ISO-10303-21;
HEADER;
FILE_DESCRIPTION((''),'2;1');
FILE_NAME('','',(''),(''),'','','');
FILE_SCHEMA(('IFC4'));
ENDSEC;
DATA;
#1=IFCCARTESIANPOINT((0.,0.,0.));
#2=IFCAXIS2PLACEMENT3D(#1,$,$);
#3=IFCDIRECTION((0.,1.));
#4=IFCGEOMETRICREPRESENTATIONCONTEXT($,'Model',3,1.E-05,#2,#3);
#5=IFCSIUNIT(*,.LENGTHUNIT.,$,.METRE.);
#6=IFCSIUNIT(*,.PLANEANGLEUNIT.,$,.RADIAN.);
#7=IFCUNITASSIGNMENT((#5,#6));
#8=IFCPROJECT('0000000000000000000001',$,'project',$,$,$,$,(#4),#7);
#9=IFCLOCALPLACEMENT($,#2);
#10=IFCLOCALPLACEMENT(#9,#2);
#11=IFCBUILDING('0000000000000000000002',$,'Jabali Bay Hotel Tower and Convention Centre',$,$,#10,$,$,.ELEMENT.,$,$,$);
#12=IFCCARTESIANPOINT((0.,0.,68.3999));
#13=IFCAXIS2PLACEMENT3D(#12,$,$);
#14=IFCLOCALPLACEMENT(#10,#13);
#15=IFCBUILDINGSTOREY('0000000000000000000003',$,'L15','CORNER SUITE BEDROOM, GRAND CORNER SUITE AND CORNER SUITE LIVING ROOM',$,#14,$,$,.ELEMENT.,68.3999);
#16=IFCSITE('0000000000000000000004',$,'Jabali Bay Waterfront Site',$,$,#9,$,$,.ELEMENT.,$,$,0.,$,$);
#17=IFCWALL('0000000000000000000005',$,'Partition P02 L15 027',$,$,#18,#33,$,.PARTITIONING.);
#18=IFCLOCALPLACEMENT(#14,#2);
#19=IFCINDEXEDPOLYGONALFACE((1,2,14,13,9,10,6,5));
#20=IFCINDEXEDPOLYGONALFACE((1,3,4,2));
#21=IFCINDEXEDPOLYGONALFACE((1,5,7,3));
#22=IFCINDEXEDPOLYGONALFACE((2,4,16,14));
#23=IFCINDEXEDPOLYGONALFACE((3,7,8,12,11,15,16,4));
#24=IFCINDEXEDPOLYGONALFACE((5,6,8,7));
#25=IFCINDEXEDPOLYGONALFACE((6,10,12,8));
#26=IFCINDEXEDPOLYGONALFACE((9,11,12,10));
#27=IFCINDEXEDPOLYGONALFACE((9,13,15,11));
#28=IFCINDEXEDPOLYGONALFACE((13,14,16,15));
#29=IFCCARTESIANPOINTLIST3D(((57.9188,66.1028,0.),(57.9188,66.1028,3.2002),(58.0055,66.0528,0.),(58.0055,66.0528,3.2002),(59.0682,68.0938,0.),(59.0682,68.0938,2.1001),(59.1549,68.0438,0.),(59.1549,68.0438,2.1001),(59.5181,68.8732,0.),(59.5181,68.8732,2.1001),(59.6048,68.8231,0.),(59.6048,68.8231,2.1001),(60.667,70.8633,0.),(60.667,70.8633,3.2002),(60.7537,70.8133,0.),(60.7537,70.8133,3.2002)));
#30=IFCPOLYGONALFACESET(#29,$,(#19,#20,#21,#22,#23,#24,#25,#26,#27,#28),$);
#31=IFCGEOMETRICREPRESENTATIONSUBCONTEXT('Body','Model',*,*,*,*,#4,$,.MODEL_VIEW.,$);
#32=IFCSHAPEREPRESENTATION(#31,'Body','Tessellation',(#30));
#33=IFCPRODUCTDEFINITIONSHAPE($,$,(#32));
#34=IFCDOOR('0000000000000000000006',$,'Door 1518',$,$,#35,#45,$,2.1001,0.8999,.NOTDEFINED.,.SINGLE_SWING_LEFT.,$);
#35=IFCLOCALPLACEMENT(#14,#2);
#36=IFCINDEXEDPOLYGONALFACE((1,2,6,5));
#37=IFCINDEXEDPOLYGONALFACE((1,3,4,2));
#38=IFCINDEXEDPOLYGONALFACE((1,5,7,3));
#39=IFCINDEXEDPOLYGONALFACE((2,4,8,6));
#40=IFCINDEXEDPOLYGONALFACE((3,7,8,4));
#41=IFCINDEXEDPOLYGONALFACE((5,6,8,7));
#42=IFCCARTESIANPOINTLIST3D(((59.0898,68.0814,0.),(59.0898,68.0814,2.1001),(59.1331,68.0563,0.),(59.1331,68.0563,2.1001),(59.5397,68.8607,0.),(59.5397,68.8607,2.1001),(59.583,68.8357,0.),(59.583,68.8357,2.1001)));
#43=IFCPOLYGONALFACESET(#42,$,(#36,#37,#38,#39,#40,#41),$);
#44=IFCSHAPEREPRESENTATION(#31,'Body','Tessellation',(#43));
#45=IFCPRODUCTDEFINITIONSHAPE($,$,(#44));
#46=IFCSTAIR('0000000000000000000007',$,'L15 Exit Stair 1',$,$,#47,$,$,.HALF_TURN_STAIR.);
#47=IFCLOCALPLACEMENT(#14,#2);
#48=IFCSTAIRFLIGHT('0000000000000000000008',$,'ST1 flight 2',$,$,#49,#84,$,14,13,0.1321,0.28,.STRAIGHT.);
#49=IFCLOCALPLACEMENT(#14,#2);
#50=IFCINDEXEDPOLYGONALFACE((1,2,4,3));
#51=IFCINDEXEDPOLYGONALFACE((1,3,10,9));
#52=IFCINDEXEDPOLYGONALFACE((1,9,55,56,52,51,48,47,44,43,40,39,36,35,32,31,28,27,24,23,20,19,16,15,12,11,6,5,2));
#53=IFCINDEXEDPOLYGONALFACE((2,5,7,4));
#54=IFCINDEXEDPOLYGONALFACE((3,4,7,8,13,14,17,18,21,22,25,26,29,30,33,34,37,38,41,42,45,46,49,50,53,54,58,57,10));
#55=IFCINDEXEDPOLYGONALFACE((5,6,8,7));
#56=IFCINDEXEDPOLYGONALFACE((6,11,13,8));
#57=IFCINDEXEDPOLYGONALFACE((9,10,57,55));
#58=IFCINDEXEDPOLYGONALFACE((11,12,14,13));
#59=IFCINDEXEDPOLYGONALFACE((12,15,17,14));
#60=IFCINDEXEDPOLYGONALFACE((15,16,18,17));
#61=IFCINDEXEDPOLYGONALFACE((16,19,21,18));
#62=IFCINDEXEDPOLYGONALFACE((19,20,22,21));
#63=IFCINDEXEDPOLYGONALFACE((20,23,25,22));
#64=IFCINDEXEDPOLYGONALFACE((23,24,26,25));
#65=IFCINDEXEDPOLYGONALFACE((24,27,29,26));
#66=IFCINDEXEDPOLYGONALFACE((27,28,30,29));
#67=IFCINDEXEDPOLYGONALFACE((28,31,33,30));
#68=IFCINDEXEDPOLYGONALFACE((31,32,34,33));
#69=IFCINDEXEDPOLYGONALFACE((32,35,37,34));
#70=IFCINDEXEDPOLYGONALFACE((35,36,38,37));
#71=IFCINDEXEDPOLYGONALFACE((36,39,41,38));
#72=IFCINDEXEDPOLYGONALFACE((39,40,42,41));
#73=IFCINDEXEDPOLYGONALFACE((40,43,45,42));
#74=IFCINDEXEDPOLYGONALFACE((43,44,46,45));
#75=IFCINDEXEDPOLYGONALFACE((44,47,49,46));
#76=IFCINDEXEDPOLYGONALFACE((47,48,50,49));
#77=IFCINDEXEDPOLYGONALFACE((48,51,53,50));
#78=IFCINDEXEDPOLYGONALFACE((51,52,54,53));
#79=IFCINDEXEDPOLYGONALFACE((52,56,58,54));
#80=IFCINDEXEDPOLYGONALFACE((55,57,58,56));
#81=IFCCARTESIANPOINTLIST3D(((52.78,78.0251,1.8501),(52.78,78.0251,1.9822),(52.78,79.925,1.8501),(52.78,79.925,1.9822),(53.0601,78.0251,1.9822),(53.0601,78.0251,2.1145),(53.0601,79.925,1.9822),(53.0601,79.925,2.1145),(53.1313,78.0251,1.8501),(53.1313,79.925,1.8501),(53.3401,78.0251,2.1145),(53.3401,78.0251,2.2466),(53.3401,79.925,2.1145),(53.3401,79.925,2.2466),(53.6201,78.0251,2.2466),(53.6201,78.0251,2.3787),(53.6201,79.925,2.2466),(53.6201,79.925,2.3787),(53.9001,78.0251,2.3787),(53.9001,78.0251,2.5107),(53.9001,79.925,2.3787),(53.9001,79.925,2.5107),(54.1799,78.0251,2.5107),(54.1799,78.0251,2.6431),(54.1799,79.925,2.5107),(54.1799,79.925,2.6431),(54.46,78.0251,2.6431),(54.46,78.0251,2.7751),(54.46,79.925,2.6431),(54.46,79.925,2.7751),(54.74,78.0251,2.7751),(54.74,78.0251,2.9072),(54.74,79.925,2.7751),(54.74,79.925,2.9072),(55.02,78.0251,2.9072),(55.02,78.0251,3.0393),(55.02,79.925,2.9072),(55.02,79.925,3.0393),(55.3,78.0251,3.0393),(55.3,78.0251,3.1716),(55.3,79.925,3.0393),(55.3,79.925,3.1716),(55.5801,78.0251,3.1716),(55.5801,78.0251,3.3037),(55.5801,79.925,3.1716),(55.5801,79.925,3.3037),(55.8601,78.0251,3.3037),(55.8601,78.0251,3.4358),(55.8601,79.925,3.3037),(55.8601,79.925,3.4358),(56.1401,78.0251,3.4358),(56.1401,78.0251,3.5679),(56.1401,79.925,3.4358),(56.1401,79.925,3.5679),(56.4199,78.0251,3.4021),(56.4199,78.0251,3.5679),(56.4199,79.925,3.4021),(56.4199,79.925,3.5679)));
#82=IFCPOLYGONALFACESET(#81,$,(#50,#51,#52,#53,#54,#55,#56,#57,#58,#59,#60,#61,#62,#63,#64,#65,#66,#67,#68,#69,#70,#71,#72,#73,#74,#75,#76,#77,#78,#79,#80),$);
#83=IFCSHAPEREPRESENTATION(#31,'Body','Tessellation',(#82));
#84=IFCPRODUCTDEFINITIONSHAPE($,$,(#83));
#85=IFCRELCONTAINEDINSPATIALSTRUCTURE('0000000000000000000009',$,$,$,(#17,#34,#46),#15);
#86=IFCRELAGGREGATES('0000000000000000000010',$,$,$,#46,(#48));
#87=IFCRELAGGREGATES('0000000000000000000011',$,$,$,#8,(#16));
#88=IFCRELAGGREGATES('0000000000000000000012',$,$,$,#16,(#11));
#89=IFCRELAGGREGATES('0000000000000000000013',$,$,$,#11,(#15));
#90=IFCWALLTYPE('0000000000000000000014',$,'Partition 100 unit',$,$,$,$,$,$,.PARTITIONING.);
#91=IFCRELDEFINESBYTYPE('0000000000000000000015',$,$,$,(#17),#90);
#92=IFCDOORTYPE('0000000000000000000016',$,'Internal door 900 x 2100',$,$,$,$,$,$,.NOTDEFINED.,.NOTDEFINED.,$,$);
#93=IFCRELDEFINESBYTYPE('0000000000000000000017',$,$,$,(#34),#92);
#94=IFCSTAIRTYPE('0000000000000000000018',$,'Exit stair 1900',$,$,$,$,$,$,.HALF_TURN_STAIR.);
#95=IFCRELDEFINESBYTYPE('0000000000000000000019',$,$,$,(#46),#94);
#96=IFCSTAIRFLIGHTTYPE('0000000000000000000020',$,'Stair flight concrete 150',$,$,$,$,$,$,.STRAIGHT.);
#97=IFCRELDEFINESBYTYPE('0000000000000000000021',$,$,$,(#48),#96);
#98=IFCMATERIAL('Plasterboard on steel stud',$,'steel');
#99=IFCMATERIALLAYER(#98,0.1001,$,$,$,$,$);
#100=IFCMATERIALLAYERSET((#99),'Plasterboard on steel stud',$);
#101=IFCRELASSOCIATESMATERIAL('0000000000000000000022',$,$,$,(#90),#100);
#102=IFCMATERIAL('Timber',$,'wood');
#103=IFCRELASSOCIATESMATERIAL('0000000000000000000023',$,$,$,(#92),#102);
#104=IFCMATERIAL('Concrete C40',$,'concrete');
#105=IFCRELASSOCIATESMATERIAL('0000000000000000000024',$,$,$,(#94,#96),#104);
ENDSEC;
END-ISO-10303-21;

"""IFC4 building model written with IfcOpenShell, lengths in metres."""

from ifc_helpers import new_model, si_unit, direction, frame, frame_2d, origin, place, context, subcontext, project, spatial, polyline, rectangle, outline, extrude, material, layer, layer_set, type_object, element, fill, aggregate, save


model = new_model("IFC4")

# Units and contexts
model_context = context("Model", 3, precision=1e-05, world=origin(), true_north=direction((0.0, 1.0)))
body_context = subcontext(model_context, "Body", "Model", "MODEL_VIEW")
ifc_project = project(units=[si_unit("LENGTHUNIT", "METRE"), si_unit("PLANEANGLEUNIT", "RADIAN")], contexts=[model_context])

# Site, building, storey
site_placement = place(None, origin())
site = spatial("IfcSite", under=ifc_project, at=site_placement, Name="Jabali Bay Waterfront Site", CompositionType="ELEMENT", RefElevation=0.0)
building_placement = place(site_placement, origin())
building = spatial("IfcBuilding", under=site, at=building_placement, Name="Jabali Bay Hotel Tower and Convention Centre", CompositionType="ELEMENT")
storey_placement = place(building_placement, frame((0.0, 0.0, 68.3999)))
storey = spatial("IfcBuildingStorey", under=building, at=storey_placement, Name="L15", Description="CORNER SUITE BEDROOM, GRAND CORNER SUITE AND CORNER SUITE LIVING ROOM", CompositionType="ELEMENT", Elevation=68.3999)

# Shared definitions
ifc_material_1 = material(Name="Concrete C40", Category="concrete")

# Wall, opening, door
ifc_material_2 = material(Name="Plasterboard on steel stud", Category="steel")
ifc_layer_1 = layer(ifc_material_2, 0.1001)
ifc_layer_set_1 = layer_set([ifc_layer_1], Name="Plasterboard on steel stud")
wall_type_1 = type_object("IfcWallType", Name="Partition 100 unit", PredefinedType="PARTITIONING", material=ifc_layer_set_1)
wall_1_placement = place(storey_placement, frame((60.7104, 70.8384, 0.0), z_axis=(0.0, 0.0, 1.0), x_axis=(-0.499975, -0.86604, 0.0)))
wall_1 = element("IfcWall", 1, at=wall_1_placement, inside=storey, type_object=wall_type_1, Name="Partition P02 L15 027", PredefinedType="PARTITIONING", context=body_context, shape_type="SweptSolid", body=[
    extrude(rectangle(XDim=5.4968, YDim=0.1001, at=frame_2d((2.7485, 0.0))), origin(), (0.0, 0.0, 1.0), 3.2002),
])
opening_1_placement = place(wall_1_placement, frame((2.2981, 0.0, 0.0)))
opening_1 = element("IfcOpeningElement", 2, at=opening_1_placement, cuts=wall_1, PredefinedType="OPENING", context=body_context, shape_type="SweptSolid", body=[
    extrude(rectangle(XDim=0.8999, YDim=2.1001, at=frame_2d((0.45, 1.05))), frame((0.0, 0.0605, 0.0), z_axis=(0.0, -1.0, 0.0), x_axis=(1.0, 0.0, 0.0)), (0.0, 0.0, 1.0), 0.1211),
])
ifc_material_3 = material(Name="Timber", Category="wood")
door_type_1 = type_object("IfcDoorType", Name="Internal door 900 x 2100", OperationType="NOTDEFINED", PredefinedType="NOTDEFINED", material=ifc_material_3)
door_1_placement = place(opening_1_placement, origin())
door_1 = element("IfcDoor", 3, at=door_1_placement, inside=storey, type_object=door_type_1, Name="Door 1518", OperationType="SINGLE_SWING_LEFT", OverallHeight=2.1001, OverallWidth=0.8999, PredefinedType="NOTDEFINED", context=body_context, shape_type="SweptSolid", body=[
    extrude(rectangle(XDim=0.8999, YDim=2.1001, at=frame_2d((0.45, 1.05))), frame((0.0, 0.0249, 0.0), z_axis=(0.0, -1.0, 0.0), x_axis=(1.0, 0.0, 0.0)), (0.0, 0.0, 1.0), 0.05),
])
fill(opening_1, door_1)

# Stair, stair flight
stair_type = type_object("IfcStairType", Name="Exit stair 1900", PredefinedType="HALF_TURN_STAIR", material=ifc_material_1)
stair_placement = place(storey_placement, origin())
stair = element("IfcStair", 4, at=stair_placement, inside=storey, type_object=stair_type, Name="L15 Exit Stair 1", PredefinedType="HALF_TURN_STAIR")
stair_flight_type = type_object("IfcStairFlightType", Name="Stair flight concrete 150", PredefinedType="STRAIGHT", material=ifc_material_1)
stair_flight_placement = place(storey_placement, frame((52.78, 78.9751, 1.8501), z_axis=(0.0, 0.0, 1.0), x_axis=(1.0, 0.0, 0.0)))
stair_flight = element("IfcStairFlight", 5, at=stair_flight_placement, type_object=stair_flight_type, Name="ST1 flight 2", NumberOfRisers=14, NumberOfTreads=13, PredefinedType="STRAIGHT", RiserHeight=0.1321, TreadLength=0.28, context=body_context, shape_type="SweptSolid", body=[
    extrude(outline(polyline([(0.0, 0.0), (0.0, 0.1321), (0.28, 0.1321), (0.28, 0.2644), (0.5601, 0.2644), (0.5601, 0.3965), (0.8401, 0.3965), (0.8401, 0.5286), (1.1201, 0.5286), (1.1201, 0.6606), (1.3999, 0.6606), (1.3999, 0.793), (1.6799, 0.793), (1.6799, 0.925), (1.96, 0.925), (1.96, 1.0571), (2.24, 1.0571), (2.24, 1.1892), (2.52, 1.1892), (2.52, 1.3215), (2.8, 1.3215), (2.8, 1.4536), (3.0801, 1.4536), (3.0801, 1.5857), (3.3601, 1.5857), (3.3601, 1.7178), (3.6399, 1.7178), (3.6399, 1.8501), (3.6399, 1.552), (0.3513, 0.0), (0.0, 0.0)])), frame((0.0, 0.95, 0.0), z_axis=(0.0, -1.0, 0.0), x_axis=(1.0, 0.0, 0.0)), (0.0, 0.0, 1.0), 1.8999),
])
aggregate(stair, [stair_flight])

save(model, "model.ifc")
